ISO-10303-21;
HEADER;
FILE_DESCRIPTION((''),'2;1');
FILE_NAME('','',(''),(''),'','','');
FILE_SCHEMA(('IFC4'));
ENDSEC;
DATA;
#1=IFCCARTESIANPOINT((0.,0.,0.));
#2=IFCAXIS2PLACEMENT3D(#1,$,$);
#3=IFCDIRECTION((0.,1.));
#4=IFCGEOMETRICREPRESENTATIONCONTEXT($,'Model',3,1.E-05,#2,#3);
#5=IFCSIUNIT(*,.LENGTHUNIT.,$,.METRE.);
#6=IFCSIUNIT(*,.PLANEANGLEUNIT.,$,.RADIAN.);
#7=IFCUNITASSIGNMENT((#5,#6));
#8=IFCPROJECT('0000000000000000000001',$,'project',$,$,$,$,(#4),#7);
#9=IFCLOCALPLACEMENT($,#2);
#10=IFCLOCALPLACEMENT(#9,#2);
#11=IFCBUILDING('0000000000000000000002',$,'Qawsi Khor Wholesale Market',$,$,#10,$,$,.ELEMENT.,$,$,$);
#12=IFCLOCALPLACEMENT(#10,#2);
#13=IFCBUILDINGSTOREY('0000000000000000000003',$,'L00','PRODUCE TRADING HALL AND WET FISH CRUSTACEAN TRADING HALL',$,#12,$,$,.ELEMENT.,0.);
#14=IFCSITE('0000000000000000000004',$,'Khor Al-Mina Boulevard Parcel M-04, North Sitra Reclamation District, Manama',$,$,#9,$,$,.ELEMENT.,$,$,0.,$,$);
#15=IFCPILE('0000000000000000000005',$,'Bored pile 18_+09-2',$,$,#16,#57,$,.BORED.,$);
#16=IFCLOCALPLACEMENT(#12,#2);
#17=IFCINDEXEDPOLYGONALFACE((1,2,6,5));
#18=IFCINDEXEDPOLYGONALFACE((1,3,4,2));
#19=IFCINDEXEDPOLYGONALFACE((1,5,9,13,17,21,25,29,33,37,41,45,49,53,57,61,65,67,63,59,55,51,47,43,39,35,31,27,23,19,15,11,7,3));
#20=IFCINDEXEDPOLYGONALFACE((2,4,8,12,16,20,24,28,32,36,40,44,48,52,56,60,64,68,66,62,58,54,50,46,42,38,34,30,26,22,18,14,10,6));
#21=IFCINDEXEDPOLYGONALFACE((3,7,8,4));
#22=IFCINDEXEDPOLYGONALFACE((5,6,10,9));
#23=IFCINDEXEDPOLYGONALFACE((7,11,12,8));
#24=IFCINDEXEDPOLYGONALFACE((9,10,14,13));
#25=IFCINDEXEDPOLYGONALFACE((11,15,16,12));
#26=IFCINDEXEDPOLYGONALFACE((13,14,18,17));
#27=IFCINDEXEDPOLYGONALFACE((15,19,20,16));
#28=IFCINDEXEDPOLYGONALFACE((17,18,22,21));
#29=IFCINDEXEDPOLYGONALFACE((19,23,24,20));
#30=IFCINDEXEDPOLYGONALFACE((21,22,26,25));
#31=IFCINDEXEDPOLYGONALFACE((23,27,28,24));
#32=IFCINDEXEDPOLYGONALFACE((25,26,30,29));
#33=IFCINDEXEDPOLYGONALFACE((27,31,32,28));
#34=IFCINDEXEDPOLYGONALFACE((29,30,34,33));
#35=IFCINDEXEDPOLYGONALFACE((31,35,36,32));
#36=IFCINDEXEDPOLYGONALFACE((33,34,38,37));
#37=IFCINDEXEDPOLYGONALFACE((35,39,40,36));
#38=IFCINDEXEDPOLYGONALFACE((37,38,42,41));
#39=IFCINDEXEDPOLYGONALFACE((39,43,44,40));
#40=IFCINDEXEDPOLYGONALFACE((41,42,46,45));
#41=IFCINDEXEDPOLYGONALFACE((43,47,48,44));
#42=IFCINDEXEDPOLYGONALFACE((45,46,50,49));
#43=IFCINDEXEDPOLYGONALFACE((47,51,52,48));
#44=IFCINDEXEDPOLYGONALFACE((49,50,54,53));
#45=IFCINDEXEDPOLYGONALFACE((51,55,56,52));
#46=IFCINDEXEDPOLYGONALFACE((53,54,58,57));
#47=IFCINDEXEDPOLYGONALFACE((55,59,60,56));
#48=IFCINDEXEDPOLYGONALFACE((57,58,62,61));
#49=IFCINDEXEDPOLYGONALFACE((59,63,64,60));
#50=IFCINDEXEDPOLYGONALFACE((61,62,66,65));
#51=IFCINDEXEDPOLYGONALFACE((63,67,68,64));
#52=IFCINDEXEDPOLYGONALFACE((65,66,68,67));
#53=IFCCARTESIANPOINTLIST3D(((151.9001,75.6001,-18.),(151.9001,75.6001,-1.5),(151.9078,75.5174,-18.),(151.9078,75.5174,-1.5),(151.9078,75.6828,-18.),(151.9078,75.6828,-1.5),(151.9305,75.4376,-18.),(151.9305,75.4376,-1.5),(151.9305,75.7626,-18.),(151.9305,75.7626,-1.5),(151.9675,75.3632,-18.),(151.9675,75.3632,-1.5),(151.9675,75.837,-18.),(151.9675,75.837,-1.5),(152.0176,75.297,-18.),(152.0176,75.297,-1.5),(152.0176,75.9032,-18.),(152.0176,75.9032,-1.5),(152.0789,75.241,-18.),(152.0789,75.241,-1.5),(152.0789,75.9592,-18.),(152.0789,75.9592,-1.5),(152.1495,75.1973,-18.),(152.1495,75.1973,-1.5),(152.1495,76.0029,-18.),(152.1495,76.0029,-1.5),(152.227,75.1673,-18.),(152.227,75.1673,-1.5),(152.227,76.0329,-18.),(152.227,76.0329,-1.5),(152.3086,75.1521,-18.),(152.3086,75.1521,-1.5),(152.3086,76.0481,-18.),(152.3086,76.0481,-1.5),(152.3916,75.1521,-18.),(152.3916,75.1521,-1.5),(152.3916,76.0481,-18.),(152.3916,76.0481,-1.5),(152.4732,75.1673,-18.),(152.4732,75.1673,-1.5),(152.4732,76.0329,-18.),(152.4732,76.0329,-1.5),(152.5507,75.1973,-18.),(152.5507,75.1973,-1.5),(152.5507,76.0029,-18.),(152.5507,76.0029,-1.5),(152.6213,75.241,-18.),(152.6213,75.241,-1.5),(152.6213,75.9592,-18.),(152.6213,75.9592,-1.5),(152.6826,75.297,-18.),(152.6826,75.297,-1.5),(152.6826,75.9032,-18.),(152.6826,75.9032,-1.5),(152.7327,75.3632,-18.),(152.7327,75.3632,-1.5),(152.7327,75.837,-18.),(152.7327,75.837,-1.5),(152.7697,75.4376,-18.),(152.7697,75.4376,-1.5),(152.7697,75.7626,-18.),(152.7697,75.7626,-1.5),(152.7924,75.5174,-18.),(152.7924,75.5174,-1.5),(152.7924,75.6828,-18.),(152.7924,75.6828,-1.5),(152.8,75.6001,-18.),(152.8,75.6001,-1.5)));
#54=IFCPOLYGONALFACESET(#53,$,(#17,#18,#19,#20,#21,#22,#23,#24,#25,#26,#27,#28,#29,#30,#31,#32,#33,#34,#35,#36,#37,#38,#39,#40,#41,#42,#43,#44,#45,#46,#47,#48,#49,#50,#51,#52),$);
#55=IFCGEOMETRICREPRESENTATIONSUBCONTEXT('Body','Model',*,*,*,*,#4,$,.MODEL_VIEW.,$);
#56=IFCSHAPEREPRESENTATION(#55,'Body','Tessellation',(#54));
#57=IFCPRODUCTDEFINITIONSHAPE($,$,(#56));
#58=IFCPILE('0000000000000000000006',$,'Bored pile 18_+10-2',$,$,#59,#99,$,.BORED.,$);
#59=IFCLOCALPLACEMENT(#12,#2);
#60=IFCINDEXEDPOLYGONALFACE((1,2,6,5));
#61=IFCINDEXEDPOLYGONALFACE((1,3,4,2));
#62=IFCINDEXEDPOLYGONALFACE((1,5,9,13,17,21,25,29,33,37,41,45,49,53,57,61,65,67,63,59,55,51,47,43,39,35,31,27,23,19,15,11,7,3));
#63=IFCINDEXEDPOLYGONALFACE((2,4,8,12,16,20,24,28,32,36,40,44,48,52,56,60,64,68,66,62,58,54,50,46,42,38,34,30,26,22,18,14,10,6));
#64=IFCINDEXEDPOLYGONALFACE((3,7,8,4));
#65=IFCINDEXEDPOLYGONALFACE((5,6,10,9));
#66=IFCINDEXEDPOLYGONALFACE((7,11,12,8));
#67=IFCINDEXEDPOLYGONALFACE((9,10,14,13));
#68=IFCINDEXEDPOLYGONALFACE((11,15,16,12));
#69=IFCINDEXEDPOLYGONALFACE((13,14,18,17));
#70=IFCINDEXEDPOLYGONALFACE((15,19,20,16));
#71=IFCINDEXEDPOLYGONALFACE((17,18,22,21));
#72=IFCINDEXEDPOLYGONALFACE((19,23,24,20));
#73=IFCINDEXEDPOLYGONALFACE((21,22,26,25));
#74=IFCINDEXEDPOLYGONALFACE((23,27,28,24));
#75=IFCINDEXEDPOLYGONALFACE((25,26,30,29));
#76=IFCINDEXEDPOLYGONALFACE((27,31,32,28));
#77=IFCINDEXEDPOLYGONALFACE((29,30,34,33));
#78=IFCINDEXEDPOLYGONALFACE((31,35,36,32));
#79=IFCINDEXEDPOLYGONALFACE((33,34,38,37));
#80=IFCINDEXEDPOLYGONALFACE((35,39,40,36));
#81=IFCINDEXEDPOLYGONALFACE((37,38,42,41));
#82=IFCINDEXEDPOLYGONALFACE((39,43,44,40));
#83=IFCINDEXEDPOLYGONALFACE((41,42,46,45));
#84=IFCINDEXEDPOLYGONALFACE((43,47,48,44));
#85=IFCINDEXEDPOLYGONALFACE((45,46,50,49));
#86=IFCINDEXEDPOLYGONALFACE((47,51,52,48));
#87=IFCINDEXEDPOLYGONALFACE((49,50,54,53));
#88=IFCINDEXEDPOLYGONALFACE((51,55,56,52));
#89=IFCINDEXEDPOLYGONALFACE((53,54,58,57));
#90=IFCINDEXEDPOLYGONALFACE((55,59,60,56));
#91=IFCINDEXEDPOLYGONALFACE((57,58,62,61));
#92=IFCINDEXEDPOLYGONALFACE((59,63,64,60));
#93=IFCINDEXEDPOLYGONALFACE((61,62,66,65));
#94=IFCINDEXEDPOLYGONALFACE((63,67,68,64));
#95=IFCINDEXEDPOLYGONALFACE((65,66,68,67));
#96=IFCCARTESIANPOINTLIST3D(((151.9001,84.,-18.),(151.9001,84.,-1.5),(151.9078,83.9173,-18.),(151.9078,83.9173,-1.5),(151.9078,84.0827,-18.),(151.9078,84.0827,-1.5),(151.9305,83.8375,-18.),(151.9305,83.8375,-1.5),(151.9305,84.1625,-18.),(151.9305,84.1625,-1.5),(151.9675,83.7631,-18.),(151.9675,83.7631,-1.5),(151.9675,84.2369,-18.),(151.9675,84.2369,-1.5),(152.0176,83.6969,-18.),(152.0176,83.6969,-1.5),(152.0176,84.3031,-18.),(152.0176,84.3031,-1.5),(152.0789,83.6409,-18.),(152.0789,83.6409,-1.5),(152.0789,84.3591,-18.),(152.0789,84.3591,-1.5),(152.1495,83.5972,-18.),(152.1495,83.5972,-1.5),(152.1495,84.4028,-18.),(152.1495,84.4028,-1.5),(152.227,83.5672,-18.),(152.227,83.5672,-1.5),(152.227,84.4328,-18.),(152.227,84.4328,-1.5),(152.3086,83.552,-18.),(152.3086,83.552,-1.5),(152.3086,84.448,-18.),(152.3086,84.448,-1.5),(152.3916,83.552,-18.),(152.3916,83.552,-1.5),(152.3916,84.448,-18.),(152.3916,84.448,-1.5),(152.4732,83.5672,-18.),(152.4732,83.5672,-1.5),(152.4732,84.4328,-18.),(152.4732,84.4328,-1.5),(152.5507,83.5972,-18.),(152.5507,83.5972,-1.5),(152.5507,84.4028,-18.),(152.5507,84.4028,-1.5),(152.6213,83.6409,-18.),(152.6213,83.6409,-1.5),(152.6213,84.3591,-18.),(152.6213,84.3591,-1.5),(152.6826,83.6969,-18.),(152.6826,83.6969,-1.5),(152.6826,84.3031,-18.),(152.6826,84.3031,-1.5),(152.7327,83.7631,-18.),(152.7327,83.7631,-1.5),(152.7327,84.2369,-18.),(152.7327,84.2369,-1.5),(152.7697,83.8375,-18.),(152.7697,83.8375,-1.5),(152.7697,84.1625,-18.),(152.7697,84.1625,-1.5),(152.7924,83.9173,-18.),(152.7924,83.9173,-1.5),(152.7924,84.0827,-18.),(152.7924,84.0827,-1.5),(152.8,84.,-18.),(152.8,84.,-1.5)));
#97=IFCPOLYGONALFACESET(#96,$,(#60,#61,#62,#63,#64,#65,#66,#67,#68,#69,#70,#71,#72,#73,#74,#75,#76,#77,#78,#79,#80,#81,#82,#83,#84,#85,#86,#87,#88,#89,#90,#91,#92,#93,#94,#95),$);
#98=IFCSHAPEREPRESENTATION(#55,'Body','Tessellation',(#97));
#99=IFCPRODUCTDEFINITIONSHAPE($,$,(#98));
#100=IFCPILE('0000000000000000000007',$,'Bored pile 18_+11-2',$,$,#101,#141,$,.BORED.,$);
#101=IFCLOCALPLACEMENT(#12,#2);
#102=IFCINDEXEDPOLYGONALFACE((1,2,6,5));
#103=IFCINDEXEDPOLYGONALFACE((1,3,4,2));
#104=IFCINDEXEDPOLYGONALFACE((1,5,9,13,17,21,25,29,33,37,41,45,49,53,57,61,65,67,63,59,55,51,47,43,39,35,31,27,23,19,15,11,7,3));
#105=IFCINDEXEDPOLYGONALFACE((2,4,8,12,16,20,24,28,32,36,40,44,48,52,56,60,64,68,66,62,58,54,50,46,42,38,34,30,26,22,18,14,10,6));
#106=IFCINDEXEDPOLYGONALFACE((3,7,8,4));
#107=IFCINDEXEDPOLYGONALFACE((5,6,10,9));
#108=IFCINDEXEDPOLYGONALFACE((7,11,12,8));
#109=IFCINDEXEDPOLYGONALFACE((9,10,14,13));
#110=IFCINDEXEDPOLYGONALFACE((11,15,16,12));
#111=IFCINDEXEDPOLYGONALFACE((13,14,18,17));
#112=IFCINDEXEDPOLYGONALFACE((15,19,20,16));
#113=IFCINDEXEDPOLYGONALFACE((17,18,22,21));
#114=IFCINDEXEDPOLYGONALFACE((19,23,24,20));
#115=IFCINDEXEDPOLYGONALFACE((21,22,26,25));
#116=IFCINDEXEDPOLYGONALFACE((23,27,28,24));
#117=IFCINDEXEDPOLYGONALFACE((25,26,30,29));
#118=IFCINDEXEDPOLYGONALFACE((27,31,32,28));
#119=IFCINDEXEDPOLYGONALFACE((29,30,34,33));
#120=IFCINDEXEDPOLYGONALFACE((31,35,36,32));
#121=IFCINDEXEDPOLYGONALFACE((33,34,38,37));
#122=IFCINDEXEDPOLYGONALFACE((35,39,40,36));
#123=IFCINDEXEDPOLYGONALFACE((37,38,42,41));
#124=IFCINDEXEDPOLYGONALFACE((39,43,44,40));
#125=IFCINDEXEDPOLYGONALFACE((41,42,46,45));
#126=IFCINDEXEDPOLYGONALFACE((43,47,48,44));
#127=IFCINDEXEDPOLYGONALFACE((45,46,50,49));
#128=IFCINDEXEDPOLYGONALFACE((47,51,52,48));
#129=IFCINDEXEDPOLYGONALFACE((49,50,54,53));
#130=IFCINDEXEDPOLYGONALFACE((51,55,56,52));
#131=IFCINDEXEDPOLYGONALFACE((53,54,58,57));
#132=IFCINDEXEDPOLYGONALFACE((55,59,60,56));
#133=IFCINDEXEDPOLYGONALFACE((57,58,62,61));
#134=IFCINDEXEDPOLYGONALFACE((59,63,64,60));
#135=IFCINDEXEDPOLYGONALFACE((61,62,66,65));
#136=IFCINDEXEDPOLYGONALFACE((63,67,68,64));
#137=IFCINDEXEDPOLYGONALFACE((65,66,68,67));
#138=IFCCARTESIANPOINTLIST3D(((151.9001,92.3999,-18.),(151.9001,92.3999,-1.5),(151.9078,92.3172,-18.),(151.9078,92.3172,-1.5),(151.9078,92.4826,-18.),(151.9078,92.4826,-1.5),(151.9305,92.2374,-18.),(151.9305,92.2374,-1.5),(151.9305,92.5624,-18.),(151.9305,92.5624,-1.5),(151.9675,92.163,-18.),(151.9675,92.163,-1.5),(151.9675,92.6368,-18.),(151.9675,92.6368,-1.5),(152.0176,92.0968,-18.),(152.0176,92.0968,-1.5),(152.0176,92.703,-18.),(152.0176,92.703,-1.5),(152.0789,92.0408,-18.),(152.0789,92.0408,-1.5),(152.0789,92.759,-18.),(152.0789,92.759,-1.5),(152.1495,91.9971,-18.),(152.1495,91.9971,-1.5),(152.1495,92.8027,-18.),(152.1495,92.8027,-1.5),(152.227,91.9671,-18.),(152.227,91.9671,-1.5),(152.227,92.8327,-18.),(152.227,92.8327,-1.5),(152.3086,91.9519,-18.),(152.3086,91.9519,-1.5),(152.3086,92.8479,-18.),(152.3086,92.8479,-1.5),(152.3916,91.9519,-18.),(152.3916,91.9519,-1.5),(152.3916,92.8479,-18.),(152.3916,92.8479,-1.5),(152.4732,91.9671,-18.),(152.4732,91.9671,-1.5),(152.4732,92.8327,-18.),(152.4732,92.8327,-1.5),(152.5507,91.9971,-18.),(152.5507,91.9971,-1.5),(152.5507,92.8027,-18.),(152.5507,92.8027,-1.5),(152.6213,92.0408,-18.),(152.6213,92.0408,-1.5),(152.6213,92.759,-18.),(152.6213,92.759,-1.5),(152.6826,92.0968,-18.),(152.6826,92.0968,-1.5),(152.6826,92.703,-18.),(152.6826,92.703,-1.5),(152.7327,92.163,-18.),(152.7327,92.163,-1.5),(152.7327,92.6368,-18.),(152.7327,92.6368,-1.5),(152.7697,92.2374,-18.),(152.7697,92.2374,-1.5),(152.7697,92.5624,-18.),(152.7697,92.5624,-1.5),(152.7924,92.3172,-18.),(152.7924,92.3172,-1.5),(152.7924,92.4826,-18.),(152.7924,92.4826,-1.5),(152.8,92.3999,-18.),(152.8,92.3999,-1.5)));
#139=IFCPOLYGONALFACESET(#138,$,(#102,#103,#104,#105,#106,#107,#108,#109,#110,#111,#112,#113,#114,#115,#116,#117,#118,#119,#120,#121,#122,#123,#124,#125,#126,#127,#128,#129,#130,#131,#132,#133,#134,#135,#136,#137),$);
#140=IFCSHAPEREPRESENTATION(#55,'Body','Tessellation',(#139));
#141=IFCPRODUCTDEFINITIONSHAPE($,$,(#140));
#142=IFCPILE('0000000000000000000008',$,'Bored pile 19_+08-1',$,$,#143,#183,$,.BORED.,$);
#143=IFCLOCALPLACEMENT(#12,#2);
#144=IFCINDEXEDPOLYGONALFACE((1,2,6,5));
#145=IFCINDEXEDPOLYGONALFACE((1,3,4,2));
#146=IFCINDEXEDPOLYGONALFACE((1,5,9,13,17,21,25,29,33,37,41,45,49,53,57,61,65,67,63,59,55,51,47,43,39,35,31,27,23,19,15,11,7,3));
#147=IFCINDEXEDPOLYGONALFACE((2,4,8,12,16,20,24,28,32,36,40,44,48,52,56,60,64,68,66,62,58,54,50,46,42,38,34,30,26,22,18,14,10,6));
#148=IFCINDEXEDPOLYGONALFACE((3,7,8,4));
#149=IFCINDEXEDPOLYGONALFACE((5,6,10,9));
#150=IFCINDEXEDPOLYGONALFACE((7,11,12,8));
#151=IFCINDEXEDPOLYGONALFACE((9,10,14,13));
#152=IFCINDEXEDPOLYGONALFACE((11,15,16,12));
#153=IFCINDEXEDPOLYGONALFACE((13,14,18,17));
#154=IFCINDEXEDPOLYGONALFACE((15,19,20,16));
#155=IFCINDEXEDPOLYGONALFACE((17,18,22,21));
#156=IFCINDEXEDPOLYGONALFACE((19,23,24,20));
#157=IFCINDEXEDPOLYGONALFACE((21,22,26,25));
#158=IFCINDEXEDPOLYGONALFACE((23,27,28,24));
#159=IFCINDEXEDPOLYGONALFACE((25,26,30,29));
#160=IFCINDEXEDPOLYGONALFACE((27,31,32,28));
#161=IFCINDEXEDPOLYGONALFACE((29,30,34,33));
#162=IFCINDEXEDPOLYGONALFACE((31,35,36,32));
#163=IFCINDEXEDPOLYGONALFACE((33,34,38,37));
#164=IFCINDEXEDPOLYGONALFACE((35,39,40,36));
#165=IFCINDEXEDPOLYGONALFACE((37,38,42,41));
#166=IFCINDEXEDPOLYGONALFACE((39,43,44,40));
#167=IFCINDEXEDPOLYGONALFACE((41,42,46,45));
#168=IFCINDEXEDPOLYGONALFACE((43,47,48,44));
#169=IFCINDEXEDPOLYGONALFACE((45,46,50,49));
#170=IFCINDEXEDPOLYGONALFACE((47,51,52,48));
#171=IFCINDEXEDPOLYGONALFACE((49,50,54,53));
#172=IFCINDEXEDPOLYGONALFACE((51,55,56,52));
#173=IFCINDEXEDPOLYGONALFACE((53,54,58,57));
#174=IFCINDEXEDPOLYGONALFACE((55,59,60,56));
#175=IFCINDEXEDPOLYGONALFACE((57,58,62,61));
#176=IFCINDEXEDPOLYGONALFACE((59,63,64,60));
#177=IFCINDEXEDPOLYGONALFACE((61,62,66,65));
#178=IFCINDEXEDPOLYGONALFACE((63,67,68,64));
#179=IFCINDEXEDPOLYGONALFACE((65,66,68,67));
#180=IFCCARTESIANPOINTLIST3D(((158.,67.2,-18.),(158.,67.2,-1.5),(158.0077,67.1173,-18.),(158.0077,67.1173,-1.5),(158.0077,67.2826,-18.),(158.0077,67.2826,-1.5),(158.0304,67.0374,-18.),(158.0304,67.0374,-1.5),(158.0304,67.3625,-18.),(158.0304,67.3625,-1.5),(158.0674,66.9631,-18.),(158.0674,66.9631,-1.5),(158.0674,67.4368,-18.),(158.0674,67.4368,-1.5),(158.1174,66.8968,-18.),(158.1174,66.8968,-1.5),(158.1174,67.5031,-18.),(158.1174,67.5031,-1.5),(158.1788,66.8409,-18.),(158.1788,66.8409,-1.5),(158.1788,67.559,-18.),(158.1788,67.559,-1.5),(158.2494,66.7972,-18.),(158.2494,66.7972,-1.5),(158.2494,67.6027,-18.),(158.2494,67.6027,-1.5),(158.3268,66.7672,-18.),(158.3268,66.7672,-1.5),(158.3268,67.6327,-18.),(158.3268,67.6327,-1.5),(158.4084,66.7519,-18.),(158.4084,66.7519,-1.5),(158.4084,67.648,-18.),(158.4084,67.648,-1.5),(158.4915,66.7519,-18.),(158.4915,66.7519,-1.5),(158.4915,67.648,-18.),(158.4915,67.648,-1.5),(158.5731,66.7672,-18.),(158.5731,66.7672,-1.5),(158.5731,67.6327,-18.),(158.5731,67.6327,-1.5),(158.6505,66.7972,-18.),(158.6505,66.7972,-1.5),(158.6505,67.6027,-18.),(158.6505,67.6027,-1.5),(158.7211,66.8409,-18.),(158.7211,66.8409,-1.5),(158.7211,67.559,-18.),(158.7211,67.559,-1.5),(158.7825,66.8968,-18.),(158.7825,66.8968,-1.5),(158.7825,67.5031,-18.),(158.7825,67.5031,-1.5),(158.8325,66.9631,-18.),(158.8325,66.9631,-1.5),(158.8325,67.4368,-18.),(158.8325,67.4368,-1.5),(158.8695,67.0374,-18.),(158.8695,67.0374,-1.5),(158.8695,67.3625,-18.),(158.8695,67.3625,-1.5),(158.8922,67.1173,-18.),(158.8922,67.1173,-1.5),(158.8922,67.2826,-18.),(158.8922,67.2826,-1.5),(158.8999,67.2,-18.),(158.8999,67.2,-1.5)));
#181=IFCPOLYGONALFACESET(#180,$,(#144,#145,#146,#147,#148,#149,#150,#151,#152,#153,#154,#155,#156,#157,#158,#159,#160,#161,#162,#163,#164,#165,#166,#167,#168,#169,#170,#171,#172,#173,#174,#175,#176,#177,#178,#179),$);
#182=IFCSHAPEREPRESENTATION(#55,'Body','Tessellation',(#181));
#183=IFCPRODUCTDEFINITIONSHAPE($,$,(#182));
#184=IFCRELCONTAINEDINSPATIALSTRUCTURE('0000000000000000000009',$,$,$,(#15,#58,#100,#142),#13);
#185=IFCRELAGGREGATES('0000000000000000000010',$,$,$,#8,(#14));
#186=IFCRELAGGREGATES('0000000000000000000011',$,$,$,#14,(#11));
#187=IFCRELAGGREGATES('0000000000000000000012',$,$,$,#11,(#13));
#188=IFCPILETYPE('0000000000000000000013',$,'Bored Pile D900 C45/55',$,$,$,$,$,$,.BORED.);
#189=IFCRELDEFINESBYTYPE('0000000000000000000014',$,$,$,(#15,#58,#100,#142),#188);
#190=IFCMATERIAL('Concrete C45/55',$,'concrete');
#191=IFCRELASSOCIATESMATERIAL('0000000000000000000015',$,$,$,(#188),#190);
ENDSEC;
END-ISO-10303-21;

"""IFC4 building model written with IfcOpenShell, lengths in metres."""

from ifc_helpers import new_model, si_unit, direction, frame, origin, origin_2d, place, context, subcontext, project, spatial, circle, extrude, material, material_profile, profile_set, type_object, element, save


model = new_model("IFC4")

# Units and contexts
model_context = context("Model", 3, precision=1e-05, world=origin(), true_north=direction((0.0, 1.0)))
body_context = subcontext(model_context, "Body", "Model", "MODEL_VIEW")
ifc_project = project(units=[si_unit("LENGTHUNIT", "METRE"), si_unit("PLANEANGLEUNIT", "RADIAN")], contexts=[model_context])

# Site, building, storey
site_placement = place(None, origin())
site = spatial("IfcSite", under=ifc_project, at=site_placement, Name="Khor Al-Mina Boulevard Parcel M-04, North Sitra Reclamation District, Manama", CompositionType="ELEMENT", RefElevation=0.0)
building_placement = place(site_placement, origin())
building = spatial("IfcBuilding", under=site, at=building_placement, Name="Qawsi Khor Wholesale Market", CompositionType="ELEMENT")
storey_placement = place(building_placement, origin())
storey = spatial("IfcBuildingStorey", under=building, at=storey_placement, Name="L00", Description="PRODUCE TRADING HALL AND WET FISH CRUSTACEAN TRADING HALL", CompositionType="ELEMENT", Elevation=0.0)

# Piles
ifc_material_1 = material(Name="Concrete C45/55", Category="concrete")
ifc_material_profile_1 = material_profile(ifc_material_1, circle(Radius=0.45, at=origin_2d()), Name="PILE D900")
ifc_profile_set_1 = profile_set([ifc_material_profile_1], Name="Concrete C45/55")
pile_type_1 = type_object("IfcPileType", Name="Bored Pile D900 C45/55", PredefinedType="BORED", material=ifc_profile_set_1)
for number, where, z_axis, x_axis, name in (
    (1, (152.3501, 75.6001, -1.5), (0.0, 0.0, -1.0), (1.0, 0.0, 0.0), "Bored pile 18_+09-2"),
    (2, (152.3501, 84.0, -1.5), (0.0, 0.0, -1.0), (1.0, 0.0, 0.0), "Bored pile 18_+10-2"),
    (3, (152.3501, 92.3999, -1.5), (0.0, 0.0, -1.0), (1.0, 0.0, 0.0), "Bored pile 18_+11-2"),
    (4, (158.45, 67.2, -1.5), (0.0, 0.0, -1.0), (1.0, 0.0, 0.0), "Bored pile 19_+08-1"),
):
    element("IfcPile", number, at=place(storey_placement, frame(where, z_axis=z_axis, x_axis=x_axis)), inside=storey, type_object=pile_type_1, Name=name, PredefinedType="BORED", context=body_context, shape_type="SweptSolid", body=[
        extrude(circle(Radius=0.45, at=origin_2d()), origin(), (0.0, 0.0, 1.0), 16.5),
    ])

save(model, "model.ifc")
